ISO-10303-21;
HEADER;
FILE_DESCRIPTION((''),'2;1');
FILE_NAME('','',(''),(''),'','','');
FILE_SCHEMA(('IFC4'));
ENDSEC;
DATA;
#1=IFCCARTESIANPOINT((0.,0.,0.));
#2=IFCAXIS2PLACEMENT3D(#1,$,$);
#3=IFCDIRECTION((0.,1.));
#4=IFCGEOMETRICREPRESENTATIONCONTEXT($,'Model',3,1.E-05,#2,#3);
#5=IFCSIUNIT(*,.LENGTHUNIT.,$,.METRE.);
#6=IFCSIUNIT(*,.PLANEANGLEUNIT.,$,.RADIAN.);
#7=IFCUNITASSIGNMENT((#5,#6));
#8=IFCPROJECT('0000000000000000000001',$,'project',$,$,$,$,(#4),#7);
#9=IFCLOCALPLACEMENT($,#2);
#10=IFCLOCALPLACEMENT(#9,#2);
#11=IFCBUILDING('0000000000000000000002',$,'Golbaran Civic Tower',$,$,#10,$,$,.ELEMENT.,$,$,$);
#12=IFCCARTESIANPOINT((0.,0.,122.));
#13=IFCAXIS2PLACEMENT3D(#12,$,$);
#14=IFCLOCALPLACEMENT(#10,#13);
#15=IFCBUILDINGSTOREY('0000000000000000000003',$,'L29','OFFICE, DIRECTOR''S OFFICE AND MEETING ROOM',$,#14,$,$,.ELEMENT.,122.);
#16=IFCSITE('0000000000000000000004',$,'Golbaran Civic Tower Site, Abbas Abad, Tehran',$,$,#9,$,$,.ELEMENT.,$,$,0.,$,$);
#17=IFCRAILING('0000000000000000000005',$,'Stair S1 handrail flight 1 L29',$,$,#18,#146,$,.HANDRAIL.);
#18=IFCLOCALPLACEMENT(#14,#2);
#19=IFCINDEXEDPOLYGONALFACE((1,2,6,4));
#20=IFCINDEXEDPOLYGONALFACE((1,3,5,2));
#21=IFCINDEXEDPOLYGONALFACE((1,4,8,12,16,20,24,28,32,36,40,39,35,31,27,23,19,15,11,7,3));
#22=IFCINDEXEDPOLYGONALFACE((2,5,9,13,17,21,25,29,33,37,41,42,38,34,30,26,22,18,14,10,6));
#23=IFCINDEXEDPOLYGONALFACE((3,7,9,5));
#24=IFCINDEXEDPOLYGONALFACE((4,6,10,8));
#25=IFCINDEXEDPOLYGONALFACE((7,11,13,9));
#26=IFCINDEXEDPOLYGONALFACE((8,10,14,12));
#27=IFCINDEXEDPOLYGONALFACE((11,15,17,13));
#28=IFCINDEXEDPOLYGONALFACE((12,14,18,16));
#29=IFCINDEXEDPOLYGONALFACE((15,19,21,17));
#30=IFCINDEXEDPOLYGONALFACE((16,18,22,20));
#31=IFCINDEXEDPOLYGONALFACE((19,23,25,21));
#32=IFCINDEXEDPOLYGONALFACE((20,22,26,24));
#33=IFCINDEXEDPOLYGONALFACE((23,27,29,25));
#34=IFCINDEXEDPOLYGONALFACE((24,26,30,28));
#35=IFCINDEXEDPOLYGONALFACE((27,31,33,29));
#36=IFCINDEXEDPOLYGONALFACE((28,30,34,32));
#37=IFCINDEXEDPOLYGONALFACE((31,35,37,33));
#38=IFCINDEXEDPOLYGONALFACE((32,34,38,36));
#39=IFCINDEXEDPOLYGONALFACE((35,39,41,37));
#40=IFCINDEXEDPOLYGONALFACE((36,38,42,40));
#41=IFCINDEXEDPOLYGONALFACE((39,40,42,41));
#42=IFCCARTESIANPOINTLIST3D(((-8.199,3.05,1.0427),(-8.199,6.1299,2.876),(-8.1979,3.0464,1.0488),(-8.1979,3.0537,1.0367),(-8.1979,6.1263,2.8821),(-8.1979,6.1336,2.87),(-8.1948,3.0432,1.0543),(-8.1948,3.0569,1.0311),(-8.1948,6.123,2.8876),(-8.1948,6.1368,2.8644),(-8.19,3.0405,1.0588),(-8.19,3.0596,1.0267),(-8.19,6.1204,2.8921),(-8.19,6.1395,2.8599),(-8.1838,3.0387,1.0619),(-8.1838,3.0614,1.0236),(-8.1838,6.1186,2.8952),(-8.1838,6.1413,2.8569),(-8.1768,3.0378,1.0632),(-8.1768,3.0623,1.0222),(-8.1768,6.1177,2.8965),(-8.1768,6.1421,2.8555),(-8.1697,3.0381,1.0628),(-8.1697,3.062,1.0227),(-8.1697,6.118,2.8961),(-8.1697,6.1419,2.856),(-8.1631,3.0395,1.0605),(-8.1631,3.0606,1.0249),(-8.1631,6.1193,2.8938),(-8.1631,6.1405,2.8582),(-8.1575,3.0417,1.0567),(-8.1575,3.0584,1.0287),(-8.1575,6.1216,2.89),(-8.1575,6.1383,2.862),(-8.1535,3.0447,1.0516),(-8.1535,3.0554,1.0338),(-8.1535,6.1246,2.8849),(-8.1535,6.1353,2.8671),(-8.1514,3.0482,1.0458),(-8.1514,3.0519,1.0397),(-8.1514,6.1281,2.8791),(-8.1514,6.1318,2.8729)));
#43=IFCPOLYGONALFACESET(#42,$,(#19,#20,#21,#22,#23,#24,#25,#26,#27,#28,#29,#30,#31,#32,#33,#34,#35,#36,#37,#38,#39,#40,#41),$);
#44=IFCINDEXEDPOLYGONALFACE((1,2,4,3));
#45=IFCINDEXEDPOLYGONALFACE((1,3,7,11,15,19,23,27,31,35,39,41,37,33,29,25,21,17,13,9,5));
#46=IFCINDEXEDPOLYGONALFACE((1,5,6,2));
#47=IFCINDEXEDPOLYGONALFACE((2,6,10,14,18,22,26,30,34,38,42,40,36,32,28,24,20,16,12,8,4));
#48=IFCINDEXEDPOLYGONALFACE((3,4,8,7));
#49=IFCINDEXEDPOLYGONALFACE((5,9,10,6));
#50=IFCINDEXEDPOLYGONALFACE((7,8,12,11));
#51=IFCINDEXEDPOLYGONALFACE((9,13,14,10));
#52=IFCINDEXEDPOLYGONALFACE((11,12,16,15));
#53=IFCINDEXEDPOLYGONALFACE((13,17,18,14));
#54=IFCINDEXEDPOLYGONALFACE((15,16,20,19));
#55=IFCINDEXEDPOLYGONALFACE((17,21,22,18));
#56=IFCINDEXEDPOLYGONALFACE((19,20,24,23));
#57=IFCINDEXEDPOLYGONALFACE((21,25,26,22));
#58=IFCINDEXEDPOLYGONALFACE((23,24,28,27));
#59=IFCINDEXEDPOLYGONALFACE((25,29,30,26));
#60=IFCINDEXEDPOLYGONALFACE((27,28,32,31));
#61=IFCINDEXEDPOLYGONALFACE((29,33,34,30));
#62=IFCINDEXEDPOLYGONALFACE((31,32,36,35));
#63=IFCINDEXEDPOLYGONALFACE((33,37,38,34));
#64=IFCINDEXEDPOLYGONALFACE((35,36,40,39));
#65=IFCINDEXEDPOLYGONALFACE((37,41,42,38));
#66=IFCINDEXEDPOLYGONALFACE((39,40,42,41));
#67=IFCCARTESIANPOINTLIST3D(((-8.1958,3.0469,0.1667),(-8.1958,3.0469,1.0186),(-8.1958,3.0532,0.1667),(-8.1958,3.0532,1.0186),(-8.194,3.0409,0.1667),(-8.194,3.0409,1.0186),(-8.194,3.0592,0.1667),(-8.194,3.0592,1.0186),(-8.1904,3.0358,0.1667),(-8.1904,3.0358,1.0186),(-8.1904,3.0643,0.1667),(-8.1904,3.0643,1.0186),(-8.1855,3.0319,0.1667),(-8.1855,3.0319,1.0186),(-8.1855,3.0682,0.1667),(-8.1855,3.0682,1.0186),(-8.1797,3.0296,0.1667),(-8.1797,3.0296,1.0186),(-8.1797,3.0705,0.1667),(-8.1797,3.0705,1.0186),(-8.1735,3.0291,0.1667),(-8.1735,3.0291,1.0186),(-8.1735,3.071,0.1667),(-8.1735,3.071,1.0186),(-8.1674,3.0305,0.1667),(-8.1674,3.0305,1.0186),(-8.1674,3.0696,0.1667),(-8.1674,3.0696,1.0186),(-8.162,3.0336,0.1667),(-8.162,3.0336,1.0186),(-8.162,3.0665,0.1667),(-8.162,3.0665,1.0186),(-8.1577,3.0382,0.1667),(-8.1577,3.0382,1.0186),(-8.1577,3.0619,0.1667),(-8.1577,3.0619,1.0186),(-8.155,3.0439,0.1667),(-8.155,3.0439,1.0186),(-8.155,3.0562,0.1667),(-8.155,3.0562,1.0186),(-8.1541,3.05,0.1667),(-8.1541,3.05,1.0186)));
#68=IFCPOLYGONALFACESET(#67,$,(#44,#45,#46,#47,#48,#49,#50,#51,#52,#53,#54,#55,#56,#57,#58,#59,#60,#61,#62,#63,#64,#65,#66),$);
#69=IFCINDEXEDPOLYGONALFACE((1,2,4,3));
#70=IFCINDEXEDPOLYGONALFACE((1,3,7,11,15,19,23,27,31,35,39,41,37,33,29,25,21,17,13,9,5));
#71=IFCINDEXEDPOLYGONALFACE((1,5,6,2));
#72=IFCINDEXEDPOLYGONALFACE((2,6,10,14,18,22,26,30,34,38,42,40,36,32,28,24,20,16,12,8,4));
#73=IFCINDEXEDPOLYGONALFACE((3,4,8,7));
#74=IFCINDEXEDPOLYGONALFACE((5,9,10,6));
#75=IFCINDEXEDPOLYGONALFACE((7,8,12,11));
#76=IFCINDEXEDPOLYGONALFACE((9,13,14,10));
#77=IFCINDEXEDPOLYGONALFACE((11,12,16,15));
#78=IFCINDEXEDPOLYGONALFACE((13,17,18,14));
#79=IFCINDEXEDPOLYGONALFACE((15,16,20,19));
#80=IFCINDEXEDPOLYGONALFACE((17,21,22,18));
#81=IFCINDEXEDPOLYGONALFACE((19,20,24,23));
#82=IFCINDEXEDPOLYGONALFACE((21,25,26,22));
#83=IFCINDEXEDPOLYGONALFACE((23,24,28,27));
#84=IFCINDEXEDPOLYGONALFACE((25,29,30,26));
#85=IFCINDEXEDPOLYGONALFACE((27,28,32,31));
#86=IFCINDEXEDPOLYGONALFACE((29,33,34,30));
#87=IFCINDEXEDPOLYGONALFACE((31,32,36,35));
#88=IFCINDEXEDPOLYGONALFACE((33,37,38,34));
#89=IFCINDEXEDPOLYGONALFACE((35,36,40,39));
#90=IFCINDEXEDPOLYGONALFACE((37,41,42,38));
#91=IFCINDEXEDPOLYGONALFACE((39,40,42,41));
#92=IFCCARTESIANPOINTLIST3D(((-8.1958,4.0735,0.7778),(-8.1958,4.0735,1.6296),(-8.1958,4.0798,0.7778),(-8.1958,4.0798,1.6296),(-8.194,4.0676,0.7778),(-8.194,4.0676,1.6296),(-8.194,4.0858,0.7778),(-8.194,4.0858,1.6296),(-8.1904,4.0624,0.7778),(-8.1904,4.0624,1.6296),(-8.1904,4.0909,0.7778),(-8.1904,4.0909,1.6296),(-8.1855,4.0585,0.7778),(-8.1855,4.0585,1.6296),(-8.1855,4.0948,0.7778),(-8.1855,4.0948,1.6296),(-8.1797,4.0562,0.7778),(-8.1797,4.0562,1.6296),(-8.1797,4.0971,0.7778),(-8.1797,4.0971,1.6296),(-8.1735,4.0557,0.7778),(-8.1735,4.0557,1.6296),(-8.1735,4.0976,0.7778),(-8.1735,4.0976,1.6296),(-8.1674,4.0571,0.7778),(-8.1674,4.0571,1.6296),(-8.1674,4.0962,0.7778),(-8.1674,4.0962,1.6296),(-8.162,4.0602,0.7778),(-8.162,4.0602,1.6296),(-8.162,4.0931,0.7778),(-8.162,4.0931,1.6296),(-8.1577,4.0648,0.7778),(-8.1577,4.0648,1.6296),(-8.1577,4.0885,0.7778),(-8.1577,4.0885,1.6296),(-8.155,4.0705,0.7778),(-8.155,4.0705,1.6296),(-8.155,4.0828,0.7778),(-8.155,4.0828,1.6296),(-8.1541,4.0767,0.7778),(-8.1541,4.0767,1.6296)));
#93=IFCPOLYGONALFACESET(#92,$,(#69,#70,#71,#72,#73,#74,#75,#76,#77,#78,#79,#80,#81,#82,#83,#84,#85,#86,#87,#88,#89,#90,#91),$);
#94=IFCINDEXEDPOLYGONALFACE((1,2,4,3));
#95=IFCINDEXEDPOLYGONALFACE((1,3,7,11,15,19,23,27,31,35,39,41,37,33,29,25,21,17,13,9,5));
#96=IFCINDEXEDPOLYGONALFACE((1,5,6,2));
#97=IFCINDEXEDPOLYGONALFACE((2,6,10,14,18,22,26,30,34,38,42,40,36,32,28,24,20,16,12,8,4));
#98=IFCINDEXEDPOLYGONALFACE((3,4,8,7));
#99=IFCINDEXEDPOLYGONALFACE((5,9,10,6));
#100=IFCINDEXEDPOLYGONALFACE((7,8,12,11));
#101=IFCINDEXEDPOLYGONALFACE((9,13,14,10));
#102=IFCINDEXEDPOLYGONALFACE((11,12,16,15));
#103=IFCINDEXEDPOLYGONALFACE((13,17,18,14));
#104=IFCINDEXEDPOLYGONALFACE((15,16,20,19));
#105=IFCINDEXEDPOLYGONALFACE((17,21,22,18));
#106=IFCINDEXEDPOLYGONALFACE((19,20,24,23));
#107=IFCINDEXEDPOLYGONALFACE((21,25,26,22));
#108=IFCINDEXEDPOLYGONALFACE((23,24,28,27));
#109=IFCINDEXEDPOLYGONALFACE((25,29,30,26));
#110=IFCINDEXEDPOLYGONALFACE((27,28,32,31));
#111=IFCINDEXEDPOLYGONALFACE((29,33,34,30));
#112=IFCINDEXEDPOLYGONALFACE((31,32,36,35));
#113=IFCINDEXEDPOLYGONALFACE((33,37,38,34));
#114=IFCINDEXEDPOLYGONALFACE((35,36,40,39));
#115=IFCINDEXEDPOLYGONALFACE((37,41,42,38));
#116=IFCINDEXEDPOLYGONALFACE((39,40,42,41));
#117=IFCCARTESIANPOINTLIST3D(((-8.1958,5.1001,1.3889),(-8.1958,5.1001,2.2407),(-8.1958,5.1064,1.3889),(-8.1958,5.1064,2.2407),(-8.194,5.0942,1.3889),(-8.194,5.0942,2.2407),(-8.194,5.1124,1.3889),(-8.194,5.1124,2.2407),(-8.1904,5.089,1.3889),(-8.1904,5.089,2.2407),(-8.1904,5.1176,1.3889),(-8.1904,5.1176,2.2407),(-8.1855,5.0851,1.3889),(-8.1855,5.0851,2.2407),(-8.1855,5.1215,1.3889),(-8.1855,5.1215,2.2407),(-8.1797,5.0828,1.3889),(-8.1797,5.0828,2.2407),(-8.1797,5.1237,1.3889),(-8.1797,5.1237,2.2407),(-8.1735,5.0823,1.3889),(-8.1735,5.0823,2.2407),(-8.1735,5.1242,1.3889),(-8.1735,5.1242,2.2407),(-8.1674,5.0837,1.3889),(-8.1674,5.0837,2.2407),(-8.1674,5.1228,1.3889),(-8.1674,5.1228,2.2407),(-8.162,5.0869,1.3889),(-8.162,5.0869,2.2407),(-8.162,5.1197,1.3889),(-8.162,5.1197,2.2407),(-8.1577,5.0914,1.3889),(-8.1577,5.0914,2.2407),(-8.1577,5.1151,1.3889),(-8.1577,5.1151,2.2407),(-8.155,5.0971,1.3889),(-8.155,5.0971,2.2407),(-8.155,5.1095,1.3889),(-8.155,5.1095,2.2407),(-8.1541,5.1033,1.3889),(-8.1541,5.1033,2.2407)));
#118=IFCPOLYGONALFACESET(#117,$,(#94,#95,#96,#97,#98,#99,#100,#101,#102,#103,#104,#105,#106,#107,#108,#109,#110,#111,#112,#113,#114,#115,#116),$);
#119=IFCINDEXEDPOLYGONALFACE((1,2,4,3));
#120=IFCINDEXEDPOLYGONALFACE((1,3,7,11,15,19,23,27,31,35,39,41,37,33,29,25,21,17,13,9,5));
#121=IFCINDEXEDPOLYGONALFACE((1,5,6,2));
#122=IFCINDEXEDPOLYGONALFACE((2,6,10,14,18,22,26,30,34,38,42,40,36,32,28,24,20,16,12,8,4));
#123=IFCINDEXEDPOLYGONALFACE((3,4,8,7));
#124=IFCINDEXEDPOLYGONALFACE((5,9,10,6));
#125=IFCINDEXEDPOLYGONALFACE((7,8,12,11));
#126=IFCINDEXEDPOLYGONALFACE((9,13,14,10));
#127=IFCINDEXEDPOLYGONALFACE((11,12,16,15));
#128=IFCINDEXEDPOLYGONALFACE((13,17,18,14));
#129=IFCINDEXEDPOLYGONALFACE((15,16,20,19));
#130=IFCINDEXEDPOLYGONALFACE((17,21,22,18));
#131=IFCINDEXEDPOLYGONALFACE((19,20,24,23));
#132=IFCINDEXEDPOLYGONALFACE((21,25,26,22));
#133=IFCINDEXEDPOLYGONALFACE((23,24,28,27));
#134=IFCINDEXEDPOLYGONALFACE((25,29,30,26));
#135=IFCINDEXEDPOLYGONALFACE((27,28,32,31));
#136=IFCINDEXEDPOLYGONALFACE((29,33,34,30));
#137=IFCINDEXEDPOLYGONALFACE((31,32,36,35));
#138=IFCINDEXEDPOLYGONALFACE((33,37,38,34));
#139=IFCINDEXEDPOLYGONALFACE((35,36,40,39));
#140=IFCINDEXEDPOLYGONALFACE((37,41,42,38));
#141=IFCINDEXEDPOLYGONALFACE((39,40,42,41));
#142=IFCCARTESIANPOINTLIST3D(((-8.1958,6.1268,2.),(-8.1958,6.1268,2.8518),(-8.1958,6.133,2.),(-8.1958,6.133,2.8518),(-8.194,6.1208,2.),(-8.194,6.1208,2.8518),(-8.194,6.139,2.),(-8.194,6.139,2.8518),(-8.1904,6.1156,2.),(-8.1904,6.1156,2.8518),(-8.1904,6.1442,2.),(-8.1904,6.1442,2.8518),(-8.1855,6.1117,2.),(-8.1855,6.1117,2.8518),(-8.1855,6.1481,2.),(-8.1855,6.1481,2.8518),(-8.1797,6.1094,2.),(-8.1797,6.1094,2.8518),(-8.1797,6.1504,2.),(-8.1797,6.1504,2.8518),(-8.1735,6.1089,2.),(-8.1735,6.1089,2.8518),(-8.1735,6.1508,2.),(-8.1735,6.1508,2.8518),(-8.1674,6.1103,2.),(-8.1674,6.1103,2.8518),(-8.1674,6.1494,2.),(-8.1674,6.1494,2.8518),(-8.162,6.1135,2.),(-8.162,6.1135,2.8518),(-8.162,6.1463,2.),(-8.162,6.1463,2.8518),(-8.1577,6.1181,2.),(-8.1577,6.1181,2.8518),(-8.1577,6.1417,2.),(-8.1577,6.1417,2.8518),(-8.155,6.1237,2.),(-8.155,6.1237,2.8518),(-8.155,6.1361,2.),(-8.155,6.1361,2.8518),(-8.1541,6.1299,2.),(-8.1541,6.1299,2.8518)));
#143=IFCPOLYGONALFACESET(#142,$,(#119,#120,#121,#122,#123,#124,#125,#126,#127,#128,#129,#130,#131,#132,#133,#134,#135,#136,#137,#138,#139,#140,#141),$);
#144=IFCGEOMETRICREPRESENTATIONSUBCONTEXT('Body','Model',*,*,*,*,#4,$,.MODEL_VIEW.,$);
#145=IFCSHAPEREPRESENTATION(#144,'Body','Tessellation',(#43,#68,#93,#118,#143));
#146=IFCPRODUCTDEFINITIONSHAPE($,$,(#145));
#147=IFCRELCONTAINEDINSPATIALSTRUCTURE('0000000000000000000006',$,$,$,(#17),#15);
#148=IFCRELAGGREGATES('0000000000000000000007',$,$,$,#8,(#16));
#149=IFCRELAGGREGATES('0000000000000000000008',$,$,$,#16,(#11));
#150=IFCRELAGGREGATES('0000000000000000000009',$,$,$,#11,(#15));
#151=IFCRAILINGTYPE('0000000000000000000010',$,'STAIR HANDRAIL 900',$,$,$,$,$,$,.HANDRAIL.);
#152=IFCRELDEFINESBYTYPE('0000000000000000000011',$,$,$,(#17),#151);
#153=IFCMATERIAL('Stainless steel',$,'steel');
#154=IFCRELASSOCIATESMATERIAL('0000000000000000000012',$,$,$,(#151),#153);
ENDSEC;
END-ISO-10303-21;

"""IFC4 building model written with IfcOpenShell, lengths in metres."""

from ifc_helpers import new_model, si_unit, direction, frame, origin, origin_2d, place, context, subcontext, project, spatial, circle, extrude, material, type_object, element, save


model = new_model("IFC4")

# Units and contexts
model_context = context("Model", 3, precision=1e-05, world=origin(), true_north=direction((0.0, 1.0)))
body_context = subcontext(model_context, "Body", "Model", "MODEL_VIEW")
ifc_project = project(units=[si_unit("LENGTHUNIT", "METRE"), si_unit("PLANEANGLEUNIT", "RADIAN")], contexts=[model_context])

# Site, building, storey
site_placement = place(None, origin())
site = spatial("IfcSite", under=ifc_project, at=site_placement, Name="Golbaran Civic Tower Site, Abbas Abad, Tehran", CompositionType="ELEMENT", RefElevation=0.0)
building_placement = place(site_placement, origin())
building = spatial("IfcBuilding", under=site, at=building_placement, Name="Golbaran Civic Tower", CompositionType="ELEMENT")
storey_placement = place(building_placement, frame((0.0, 0.0, 122.0)))
storey = spatial("IfcBuildingStorey", under=building, at=storey_placement, Name="L29", Description="OFFICE, DIRECTOR'S OFFICE AND MEETING ROOM", CompositionType="ELEMENT", Elevation=122.0)

# Shared definitions
ifc_material_1 = material(Name="Stainless steel", Category="steel")

# Railing
railing_type = type_object("IfcRailingType", Name="STAIR HANDRAIL 900", PredefinedType="HANDRAIL", material=ifc_material_1)
railing_1_placement = place(storey_placement, frame((-8.175, 3.05, 0.1667)))
element("IfcRailing", 1, at=railing_1_placement, inside=storey, type_object=railing_type, Name="Stair S1 handrail flight 1 L29", PredefinedType="HANDRAIL", context=body_context, shape_type="SweptSolid", body=[
    extrude(circle(Radius=0.0239, at=origin_2d()), frame((0.0, 0.0, 0.876), z_axis=(0.0, 0.859291, 0.511487), x_axis=(-1.0, 0.0, 0.0)), (0.0, 0.0, 1.0), 3.5842),
    extrude(circle(Radius=0.021, at=origin_2d()), origin(), (0.0, 0.0, 1.0), 0.8518),
    extrude(circle(Radius=0.021, at=origin_2d()), frame((0.0, 1.0266, 0.6111)), (0.0, 0.0, 1.0), 0.8518),
    extrude(circle(Radius=0.021, at=origin_2d()), frame((0.0, 2.0532, 1.2222)), (0.0, 0.0, 1.0), 0.8518),
    extrude(circle(Radius=0.021, at=origin_2d()), frame((0.0, 3.0798, 1.8333)), (0.0, 0.0, 1.0), 0.8518),
])

save(model, "model.ifc")
